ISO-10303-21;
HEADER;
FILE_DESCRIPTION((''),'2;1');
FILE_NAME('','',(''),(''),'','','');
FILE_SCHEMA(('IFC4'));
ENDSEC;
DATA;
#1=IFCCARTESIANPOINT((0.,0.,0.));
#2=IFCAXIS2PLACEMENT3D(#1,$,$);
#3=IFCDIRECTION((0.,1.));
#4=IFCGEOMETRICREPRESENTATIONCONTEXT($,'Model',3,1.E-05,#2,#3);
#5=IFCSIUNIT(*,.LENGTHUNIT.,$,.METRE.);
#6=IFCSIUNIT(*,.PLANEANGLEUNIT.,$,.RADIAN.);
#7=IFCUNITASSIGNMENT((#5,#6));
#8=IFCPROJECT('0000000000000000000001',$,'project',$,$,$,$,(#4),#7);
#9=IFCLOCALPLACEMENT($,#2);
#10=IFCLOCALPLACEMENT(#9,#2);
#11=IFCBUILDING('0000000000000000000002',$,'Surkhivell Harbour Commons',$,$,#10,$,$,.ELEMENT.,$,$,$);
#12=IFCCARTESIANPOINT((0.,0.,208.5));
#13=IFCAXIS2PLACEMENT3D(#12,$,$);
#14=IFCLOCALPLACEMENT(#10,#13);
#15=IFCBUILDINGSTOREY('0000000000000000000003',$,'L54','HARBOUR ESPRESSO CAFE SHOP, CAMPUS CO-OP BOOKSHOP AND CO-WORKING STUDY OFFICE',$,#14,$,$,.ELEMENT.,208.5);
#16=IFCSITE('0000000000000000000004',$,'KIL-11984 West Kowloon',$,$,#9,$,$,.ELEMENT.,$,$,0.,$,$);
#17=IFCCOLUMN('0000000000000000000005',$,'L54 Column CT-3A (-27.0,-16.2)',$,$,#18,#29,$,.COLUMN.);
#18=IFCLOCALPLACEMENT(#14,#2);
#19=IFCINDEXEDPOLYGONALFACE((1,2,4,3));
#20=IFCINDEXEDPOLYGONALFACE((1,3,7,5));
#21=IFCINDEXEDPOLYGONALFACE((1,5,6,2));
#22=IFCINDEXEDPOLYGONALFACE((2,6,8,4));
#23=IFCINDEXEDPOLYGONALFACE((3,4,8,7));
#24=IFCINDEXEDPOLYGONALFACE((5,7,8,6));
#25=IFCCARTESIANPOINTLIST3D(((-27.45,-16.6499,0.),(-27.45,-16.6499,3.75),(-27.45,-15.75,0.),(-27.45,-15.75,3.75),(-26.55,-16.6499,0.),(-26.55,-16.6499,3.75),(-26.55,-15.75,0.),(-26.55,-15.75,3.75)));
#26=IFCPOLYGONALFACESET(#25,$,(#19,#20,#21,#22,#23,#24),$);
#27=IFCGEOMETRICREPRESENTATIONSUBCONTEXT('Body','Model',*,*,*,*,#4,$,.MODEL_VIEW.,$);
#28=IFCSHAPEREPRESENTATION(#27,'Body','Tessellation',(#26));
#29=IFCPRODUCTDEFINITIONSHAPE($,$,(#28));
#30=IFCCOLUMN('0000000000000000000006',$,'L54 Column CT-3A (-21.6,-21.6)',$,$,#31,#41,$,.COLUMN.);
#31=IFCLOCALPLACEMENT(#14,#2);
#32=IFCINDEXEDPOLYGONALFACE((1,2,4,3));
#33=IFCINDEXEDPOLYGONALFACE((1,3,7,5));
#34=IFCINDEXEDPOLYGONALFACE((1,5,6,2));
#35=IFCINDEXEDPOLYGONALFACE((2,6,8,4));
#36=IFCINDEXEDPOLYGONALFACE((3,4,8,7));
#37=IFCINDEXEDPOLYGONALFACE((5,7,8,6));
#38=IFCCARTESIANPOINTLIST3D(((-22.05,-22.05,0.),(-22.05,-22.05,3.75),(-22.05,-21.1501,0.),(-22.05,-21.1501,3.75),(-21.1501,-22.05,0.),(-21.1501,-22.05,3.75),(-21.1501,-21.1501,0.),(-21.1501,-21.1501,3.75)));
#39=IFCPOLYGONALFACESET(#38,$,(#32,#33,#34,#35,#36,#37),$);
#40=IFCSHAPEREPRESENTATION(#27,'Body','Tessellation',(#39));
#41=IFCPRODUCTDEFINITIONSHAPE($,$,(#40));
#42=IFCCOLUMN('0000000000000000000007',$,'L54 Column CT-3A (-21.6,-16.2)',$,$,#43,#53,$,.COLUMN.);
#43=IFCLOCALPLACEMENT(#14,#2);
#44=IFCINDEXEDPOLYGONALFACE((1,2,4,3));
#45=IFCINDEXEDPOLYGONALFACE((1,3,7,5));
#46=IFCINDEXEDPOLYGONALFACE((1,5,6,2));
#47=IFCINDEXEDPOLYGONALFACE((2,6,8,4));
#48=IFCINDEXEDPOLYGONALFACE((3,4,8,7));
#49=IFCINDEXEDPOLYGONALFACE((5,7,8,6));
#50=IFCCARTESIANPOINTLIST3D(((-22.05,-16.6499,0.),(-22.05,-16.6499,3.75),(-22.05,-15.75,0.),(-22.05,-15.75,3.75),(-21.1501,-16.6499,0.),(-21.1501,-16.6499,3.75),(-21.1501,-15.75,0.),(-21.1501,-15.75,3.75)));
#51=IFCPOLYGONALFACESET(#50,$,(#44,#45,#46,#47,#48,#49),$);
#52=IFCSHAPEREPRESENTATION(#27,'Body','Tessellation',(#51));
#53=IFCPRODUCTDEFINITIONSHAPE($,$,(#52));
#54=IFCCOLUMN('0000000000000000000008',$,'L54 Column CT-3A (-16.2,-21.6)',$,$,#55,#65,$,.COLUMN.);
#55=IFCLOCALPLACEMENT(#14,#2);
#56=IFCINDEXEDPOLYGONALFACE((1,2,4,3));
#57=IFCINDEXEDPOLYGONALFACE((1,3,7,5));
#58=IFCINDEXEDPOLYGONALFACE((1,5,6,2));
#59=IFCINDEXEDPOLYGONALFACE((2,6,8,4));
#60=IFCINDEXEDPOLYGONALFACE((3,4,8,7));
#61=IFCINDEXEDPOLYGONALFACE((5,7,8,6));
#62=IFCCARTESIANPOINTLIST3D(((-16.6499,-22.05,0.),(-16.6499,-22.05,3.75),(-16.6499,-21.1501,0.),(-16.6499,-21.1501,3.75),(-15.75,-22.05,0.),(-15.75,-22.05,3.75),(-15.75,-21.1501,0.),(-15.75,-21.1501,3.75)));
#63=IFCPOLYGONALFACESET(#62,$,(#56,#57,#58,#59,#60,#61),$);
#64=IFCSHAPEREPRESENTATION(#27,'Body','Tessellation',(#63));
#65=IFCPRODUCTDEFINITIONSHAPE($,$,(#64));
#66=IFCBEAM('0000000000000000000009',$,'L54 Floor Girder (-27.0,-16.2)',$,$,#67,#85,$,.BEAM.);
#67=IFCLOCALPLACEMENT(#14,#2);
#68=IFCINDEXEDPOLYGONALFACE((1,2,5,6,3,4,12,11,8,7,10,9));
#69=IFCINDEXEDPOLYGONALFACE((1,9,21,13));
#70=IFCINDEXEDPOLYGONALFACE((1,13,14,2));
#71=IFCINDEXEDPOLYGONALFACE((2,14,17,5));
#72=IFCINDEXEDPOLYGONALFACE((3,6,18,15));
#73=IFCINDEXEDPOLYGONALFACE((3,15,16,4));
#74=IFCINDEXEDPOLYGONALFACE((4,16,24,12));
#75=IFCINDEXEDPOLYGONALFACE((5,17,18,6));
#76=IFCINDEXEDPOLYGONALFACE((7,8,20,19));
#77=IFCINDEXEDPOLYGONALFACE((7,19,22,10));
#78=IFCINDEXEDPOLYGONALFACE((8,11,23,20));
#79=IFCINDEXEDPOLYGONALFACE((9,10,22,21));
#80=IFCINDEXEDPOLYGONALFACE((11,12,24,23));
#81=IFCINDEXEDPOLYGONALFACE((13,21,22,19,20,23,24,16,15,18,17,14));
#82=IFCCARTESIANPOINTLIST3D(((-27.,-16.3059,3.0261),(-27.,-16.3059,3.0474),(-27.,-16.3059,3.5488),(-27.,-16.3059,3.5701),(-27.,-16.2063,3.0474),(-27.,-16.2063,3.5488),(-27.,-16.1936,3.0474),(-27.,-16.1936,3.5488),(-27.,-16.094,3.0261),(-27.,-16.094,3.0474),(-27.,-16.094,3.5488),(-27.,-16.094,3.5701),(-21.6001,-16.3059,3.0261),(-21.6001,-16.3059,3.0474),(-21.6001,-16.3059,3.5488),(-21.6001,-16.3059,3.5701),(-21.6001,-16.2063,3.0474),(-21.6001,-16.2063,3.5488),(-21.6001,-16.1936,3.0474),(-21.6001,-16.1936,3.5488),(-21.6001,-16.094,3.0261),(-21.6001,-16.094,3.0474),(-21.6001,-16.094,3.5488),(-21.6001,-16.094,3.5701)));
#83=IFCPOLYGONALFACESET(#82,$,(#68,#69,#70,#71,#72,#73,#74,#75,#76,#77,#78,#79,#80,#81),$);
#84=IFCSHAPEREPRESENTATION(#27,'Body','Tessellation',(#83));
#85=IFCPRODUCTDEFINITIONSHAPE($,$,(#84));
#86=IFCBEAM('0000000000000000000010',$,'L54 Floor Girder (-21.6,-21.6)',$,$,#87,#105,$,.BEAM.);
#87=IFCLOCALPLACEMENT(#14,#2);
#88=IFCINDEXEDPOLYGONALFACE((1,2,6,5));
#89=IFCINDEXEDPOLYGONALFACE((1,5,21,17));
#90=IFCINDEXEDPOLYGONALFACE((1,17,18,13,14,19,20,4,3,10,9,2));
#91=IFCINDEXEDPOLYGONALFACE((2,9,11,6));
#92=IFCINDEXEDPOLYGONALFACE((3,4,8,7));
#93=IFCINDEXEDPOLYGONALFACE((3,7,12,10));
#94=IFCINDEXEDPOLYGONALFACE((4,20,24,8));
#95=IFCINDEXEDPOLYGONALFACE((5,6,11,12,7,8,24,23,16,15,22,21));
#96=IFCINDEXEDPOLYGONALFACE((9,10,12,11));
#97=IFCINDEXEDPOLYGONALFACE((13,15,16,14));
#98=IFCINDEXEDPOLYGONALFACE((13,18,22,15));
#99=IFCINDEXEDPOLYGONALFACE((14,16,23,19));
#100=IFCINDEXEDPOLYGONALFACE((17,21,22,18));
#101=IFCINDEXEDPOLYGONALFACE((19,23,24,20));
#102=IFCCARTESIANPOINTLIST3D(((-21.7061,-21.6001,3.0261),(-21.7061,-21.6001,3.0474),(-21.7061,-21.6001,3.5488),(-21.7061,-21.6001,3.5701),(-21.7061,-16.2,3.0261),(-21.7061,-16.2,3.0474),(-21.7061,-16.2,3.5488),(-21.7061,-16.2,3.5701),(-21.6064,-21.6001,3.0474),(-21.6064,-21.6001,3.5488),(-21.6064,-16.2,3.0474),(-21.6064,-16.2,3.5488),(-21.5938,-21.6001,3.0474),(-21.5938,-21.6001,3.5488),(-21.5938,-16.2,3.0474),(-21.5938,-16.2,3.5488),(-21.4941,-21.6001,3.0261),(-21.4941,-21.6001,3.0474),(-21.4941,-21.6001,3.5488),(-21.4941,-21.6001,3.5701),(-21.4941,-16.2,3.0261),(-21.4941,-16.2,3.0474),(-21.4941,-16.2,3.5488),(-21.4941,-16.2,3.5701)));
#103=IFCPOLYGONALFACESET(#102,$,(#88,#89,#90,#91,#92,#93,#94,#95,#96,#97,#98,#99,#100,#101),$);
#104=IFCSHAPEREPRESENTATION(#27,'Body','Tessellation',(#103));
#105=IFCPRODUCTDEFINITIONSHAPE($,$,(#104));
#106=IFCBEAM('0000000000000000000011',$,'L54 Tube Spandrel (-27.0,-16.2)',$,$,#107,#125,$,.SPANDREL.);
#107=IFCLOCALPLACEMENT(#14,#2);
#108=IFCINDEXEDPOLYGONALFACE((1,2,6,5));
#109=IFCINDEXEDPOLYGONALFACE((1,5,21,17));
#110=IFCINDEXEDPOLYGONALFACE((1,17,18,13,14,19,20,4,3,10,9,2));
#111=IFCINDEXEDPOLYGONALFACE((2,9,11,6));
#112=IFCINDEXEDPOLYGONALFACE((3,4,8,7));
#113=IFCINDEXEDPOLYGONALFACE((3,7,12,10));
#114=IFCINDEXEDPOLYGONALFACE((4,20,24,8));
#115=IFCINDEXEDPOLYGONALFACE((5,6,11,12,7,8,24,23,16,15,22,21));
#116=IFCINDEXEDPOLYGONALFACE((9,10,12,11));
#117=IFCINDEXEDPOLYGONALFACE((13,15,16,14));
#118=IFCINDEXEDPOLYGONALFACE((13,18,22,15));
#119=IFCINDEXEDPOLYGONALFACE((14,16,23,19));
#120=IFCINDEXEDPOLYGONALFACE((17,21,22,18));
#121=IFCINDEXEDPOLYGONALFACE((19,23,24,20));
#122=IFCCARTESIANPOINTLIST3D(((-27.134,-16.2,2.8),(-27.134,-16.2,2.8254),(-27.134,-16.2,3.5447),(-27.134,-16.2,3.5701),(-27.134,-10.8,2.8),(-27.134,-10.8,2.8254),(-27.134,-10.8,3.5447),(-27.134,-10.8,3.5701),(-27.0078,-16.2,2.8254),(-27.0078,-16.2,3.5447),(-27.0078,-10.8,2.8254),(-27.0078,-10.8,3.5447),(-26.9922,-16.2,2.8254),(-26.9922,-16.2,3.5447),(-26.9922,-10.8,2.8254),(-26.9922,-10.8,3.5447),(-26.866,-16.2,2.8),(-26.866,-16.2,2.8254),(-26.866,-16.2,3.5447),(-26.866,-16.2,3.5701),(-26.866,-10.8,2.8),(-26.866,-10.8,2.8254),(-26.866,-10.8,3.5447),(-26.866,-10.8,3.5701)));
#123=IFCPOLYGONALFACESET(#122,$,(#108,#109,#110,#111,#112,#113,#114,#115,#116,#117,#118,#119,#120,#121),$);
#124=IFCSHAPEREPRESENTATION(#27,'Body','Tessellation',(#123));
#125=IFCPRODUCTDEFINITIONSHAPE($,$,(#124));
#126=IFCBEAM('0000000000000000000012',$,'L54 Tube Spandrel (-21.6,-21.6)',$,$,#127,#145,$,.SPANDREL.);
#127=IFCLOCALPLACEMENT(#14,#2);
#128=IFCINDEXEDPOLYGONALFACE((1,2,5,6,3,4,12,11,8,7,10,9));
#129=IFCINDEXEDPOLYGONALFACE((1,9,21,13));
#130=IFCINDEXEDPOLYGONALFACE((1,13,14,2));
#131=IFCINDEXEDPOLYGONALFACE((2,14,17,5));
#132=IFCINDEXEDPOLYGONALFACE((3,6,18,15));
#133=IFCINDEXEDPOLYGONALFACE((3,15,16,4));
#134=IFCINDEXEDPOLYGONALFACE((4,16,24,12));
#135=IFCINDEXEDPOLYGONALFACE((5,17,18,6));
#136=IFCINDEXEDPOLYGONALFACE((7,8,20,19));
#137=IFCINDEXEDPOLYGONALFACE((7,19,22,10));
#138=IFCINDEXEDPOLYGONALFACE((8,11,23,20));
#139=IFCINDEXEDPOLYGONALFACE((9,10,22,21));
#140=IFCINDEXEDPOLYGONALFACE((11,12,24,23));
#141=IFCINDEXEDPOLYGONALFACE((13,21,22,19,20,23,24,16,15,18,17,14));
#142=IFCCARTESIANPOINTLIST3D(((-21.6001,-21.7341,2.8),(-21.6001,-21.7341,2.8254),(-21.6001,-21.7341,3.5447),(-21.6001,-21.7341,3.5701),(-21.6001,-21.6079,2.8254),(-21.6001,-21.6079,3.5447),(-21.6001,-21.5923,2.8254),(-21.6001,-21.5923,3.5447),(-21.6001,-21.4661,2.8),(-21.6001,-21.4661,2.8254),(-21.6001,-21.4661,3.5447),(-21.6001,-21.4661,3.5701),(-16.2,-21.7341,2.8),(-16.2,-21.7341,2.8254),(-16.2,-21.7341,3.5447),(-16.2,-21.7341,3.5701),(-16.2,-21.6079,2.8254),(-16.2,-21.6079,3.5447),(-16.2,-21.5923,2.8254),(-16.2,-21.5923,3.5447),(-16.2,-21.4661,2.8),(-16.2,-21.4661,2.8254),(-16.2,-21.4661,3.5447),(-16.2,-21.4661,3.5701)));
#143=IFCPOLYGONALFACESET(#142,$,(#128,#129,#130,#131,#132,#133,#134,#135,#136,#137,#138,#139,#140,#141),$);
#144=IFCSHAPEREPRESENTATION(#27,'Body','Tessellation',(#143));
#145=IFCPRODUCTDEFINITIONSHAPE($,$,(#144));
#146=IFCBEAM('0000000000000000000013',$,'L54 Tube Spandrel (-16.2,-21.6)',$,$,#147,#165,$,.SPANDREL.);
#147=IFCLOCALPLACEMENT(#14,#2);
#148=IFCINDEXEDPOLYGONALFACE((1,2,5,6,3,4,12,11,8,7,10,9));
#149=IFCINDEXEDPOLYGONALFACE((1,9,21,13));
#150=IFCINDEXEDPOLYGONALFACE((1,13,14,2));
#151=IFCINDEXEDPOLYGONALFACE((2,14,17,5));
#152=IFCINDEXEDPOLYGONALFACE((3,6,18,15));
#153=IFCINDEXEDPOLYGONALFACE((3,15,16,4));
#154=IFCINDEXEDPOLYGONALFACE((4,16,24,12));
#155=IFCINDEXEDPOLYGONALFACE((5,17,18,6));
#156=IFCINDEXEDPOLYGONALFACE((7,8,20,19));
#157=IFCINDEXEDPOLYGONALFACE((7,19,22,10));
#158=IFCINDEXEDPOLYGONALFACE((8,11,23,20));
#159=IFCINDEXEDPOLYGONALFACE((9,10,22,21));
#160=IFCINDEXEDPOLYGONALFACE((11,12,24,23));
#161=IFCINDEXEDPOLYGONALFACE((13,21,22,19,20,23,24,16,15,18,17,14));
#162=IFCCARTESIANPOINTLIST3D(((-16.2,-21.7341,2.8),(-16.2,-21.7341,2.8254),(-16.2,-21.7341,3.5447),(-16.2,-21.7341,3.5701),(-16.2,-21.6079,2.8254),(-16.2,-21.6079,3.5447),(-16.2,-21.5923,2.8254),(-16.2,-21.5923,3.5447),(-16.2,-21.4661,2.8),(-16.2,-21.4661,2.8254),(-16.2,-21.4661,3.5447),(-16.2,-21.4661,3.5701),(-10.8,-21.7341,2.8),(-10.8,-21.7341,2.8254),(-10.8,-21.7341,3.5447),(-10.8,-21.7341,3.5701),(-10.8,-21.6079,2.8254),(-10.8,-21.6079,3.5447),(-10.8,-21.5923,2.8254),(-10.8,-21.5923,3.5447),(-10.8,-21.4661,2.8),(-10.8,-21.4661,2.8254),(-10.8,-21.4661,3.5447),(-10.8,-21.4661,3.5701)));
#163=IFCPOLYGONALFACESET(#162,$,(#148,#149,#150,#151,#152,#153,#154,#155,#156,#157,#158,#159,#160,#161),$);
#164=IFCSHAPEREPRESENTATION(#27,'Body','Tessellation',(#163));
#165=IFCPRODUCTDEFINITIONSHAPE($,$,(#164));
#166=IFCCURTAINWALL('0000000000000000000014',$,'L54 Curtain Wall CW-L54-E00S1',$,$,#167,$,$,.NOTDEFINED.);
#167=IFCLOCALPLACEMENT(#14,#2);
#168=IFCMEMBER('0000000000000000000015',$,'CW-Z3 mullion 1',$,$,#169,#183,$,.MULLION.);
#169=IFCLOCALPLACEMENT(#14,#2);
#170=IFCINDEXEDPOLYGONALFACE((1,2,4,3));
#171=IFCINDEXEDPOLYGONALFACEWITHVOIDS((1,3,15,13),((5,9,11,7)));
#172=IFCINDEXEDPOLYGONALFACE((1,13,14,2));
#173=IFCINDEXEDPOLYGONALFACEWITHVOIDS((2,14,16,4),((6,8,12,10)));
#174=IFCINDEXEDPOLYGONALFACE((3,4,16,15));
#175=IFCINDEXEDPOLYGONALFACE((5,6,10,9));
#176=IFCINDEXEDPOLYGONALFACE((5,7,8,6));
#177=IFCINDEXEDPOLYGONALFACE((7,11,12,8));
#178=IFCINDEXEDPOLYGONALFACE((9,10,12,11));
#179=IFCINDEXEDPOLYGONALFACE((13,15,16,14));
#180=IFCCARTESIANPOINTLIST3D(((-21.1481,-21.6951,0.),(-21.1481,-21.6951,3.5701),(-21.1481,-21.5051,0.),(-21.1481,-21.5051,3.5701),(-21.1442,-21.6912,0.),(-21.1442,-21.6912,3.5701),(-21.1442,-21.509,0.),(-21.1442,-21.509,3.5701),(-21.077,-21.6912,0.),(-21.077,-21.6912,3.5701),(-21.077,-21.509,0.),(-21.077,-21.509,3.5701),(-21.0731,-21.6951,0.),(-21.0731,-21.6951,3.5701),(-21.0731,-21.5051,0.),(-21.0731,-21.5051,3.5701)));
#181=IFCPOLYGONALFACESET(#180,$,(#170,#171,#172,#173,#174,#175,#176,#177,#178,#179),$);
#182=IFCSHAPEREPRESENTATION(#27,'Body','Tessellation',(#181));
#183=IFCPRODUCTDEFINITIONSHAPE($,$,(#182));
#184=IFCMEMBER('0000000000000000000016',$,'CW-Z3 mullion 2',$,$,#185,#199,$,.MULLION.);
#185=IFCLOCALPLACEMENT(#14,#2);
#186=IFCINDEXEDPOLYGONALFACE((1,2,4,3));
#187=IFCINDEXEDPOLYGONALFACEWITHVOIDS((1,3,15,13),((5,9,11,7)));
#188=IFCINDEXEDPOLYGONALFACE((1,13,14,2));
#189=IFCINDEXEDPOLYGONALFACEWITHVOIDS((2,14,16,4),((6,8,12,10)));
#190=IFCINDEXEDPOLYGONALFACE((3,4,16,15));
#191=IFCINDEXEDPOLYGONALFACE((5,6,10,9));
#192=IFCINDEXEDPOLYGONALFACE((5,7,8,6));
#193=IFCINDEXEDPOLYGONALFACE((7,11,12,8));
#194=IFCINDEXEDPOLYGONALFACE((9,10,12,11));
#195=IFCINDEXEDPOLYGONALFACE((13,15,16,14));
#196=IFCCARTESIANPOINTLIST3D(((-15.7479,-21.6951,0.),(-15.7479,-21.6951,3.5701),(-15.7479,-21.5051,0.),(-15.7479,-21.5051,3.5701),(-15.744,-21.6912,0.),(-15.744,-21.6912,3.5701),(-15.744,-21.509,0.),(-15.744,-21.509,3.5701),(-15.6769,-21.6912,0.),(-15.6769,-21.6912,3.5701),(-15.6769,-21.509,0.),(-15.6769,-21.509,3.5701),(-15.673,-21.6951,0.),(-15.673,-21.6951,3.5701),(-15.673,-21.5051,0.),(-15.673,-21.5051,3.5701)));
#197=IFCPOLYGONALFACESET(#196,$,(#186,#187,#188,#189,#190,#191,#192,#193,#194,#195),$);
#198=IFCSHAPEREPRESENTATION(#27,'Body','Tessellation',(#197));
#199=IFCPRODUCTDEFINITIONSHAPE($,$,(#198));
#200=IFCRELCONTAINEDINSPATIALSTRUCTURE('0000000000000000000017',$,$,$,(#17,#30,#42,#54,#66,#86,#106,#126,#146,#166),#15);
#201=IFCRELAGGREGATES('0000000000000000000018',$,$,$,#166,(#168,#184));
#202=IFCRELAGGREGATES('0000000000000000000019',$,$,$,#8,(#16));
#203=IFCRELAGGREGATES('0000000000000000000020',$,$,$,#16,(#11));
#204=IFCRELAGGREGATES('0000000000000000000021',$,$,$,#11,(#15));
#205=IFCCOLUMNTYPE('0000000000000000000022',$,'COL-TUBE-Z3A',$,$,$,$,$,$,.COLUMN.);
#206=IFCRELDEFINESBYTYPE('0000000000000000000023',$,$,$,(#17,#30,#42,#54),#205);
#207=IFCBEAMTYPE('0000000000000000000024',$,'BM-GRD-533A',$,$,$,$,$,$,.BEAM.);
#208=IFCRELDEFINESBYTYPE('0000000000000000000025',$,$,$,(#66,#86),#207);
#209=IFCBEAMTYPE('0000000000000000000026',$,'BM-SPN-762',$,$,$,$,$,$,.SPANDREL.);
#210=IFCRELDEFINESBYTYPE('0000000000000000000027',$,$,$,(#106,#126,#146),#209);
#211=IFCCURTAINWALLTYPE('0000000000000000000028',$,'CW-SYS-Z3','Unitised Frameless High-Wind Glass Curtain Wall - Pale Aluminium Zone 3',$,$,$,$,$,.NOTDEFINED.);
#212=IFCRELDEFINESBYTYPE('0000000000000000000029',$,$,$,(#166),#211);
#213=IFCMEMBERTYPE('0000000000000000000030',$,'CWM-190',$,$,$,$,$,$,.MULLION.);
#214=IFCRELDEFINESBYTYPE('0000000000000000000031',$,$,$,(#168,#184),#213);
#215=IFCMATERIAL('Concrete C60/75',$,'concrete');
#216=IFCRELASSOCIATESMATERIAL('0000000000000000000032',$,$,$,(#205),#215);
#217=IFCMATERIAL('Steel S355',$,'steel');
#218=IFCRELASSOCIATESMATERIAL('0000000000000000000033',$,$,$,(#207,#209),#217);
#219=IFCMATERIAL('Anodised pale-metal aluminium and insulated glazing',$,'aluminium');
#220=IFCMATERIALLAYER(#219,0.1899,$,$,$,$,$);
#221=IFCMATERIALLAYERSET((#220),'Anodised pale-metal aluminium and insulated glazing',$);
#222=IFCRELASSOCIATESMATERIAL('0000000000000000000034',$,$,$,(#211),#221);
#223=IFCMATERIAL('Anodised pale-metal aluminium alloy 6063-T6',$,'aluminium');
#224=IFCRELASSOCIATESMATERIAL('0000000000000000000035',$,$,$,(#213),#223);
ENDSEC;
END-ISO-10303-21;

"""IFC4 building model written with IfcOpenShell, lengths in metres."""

from ifc_helpers import new_model, si_unit, direction, frame, origin, origin_2d, place, context, subcontext, project, spatial, rectangle, hollow_rectangle, i_section, extrude, material, layer, layer_set, material_profile, profile_set, type_object, element, aggregate, save


model = new_model("IFC4")

# Units and contexts
model_context = context("Model", 3, precision=1e-05, world=origin(), true_north=direction((0.0, 1.0)))
body_context = subcontext(model_context, "Body", "Model", "MODEL_VIEW")
ifc_project = project(units=[si_unit("LENGTHUNIT", "METRE"), si_unit("PLANEANGLEUNIT", "RADIAN")], contexts=[model_context])

# Site, building, storey
site_placement = place(None, origin())
site = spatial("IfcSite", under=ifc_project, at=site_placement, Name="KIL-11984 West Kowloon", CompositionType="ELEMENT", RefElevation=0.0)
building_placement = place(site_placement, origin())
building = spatial("IfcBuilding", under=site, at=building_placement, Name="Surkhivell Harbour Commons", CompositionType="ELEMENT")
storey_placement = place(building_placement, frame((0.0, 0.0, 208.5)))
storey = spatial("IfcBuildingStorey", under=building, at=storey_placement, Name="L54", Description="HARBOUR ESPRESSO CAFE SHOP, CAMPUS CO-OP BOOKSHOP AND CO-WORKING STUDY OFFICE", CompositionType="ELEMENT", Elevation=208.5)

# Columns
ifc_material_1 = material(Name="Concrete C60/75", Category="concrete")
ifc_material_profile_1 = material_profile(ifc_material_1, rectangle(XDim=0.8999, YDim=0.8999, at=origin_2d()), Name="RC-COL-900x900")
ifc_profile_set_1 = profile_set([ifc_material_profile_1], Name="Concrete C60/75")
column_type = type_object("IfcColumnType", Name="COL-TUBE-Z3A", PredefinedType="COLUMN", material=ifc_profile_set_1)
for number, where, z_axis, x_axis, name in (
    (1, (-27.0, -16.2, 0.0), (0.0, 0.0, 1.0), (1.0, 0.0, 0.0), "L54 Column CT-3A (-27.0,-16.2)"),
    (2, (-21.6001, -21.6001, 0.0), (0.0, 0.0, 1.0), (1.0, 0.0, 0.0), "L54 Column CT-3A (-21.6,-21.6)"),
    (3, (-21.6001, -16.2, 0.0), (0.0, 0.0, 1.0), (1.0, 0.0, 0.0), "L54 Column CT-3A (-21.6,-16.2)"),
    (4, (-16.2, -21.6001, 0.0), (0.0, 0.0, 1.0), (1.0, 0.0, 0.0), "L54 Column CT-3A (-16.2,-21.6)"),
):
    element("IfcColumn", number, at=place(storey_placement, frame(where, z_axis=z_axis, x_axis=x_axis)), inside=storey, type_object=column_type, Name=name, PredefinedType="COLUMN", context=body_context, shape_type="SweptSolid", body=[
        extrude(rectangle(XDim=0.8999, YDim=0.8999, at=origin_2d()), origin(), (0.0, 0.0, 1.0), 3.75),
    ])

# Beams
ifc_material_2 = material(Name="Steel S355", Category="steel")
ifc_material_profile_2 = material_profile(ifc_material_2, i_section(OverallWidth=0.2119, OverallDepth=0.5439, WebThickness=0.0127, FlangeThickness=0.0212, at=origin_2d()), Name="UB533x210x122")
ifc_profile_set_2 = profile_set([ifc_material_profile_2], Name="Steel S355")
beam_type_1 = type_object("IfcBeamType", Name="BM-GRD-533A", PredefinedType="BEAM", material=ifc_profile_set_2)
beam_1_placement = place(storey_placement, frame((-27.0, -16.2, 3.2981), z_axis=(1.0, 0.0, 0.0), x_axis=(0.0, 1.0, 0.0)))
element("IfcBeam", 5, at=beam_1_placement, inside=storey, type_object=beam_type_1, Name="L54 Floor Girder (-27.0,-16.2)", PredefinedType="BEAM", context=body_context, shape_type="SweptSolid", body=[
    extrude(i_section(OverallWidth=0.2119, OverallDepth=0.5439, WebThickness=0.0127, FlangeThickness=0.0212, at=origin_2d()), origin(), (0.0, 0.0, 1.0), 5.3999),
])
beam_2_placement = place(storey_placement, frame((-21.6001, -21.6001, 3.2981), z_axis=(0.0, 1.0, 0.0), x_axis=(-1.0, 0.0, 0.0)))
element("IfcBeam", 6, at=beam_2_placement, inside=storey, type_object=beam_type_1, Name="L54 Floor Girder (-21.6,-21.6)", PredefinedType="BEAM", context=body_context, shape_type="SweptSolid", body=[
    extrude(i_section(OverallWidth=0.2119, OverallDepth=0.5439, WebThickness=0.0127, FlangeThickness=0.0212, at=origin_2d()), origin(), (0.0, 0.0, 1.0), 5.4001),
])
ifc_material_profile_3 = material_profile(ifc_material_2, i_section(OverallWidth=0.2681, OverallDepth=0.77, WebThickness=0.0156, FlangeThickness=0.0254, at=origin_2d()), Name="UB762x267x197")
ifc_profile_set_3 = profile_set([ifc_material_profile_3], Name="Steel S355")
beam_type_2 = type_object("IfcBeamType", Name="BM-SPN-762", PredefinedType="SPANDREL", material=ifc_profile_set_3)
beam_3_placement = place(storey_placement, frame((-27.0, -16.2, 3.1851), z_axis=(0.0, 1.0, 0.0), x_axis=(-1.0, 0.0, 0.0)))
element("IfcBeam", 7, at=beam_3_placement, inside=storey, type_object=beam_type_2, Name="L54 Tube Spandrel (-27.0,-16.2)", PredefinedType="SPANDREL", context=body_context, shape_type="SweptSolid", body=[
    extrude(i_section(OverallWidth=0.2681, OverallDepth=0.77, WebThickness=0.0156, FlangeThickness=0.0254, at=origin_2d()), origin(), (0.0, 0.0, 1.0), 5.3999),
])
beam_4_placement = place(storey_placement, frame((-21.6001, -21.6001, 3.1851), z_axis=(1.0, 0.0, 0.0), x_axis=(0.0, 1.0, 0.0)))
element("IfcBeam", 8, at=beam_4_placement, inside=storey, type_object=beam_type_2, Name="L54 Tube Spandrel (-21.6,-21.6)", PredefinedType="SPANDREL", context=body_context, shape_type="SweptSolid", body=[
    extrude(i_section(OverallWidth=0.2681, OverallDepth=0.77, WebThickness=0.0156, FlangeThickness=0.0254, at=origin_2d()), origin(), (0.0, 0.0, 1.0), 5.4001),
])
beam_5_placement = place(storey_placement, frame((-16.2, -21.6001, 3.1851), z_axis=(1.0, 0.0, 0.0), x_axis=(0.0, 1.0, 0.0)))
element("IfcBeam", 9, at=beam_5_placement, inside=storey, type_object=beam_type_2, Name="L54 Tube Spandrel (-16.2,-21.6)", PredefinedType="SPANDREL", context=body_context, shape_type="SweptSolid", body=[
    extrude(i_section(OverallWidth=0.2681, OverallDepth=0.77, WebThickness=0.0156, FlangeThickness=0.0254, at=origin_2d()), origin(), (0.0, 0.0, 1.0), 5.3999),
])

# Curtain wall, members
ifc_material_3 = material(Name="Anodised pale-metal aluminium and insulated glazing", Category="aluminium")
ifc_layer_1 = layer(ifc_material_3, 0.1899)
ifc_layer_set_1 = layer_set([ifc_layer_1], Name="Anodised pale-metal aluminium and insulated glazing")
curtain_wall_type = type_object("IfcCurtainWallType", Name="CW-SYS-Z3", Description="Unitised Frameless High-Wind Glass Curtain Wall - Pale Aluminium Zone 3", PredefinedType="NOTDEFINED", material=ifc_layer_set_1)
curtain_wall_placement = place(storey_placement, origin())
curtain_wall = element("IfcCurtainWall", 10, at=curtain_wall_placement, inside=storey, type_object=curtain_wall_type, Name="L54 Curtain Wall CW-L54-E00S1", PredefinedType="NOTDEFINED")
ifc_material_4 = material(Name="Anodised pale-metal aluminium alloy 6063-T6", Category="aluminium")
ifc_material_profile_4 = material_profile(ifc_material_4, hollow_rectangle(XDim=0.075, YDim=0.1899, WallThickness=0.0039, at=origin_2d()), Name="ALU-MULL-75x190")
ifc_profile_set_4 = profile_set([ifc_material_profile_4], Name="Anodised pale-metal aluminium alloy 6063-T6")
member_type_1 = type_object("IfcMemberType", Name="CWM-190", PredefinedType="MULLION", material=ifc_profile_set_4)
member_1_placement = place(storey_placement, frame((-21.1106, -21.6001, 0.0), z_axis=(0.0, 0.0, 1.0), x_axis=(1.0, 0.0, 0.0)))
member_1 = element("IfcMember", 11, at=member_1_placement, type_object=member_type_1, Name="CW-Z3 mullion 1", PredefinedType="MULLION", context=body_context, shape_type="SweptSolid", body=[
    extrude(hollow_rectangle(XDim=0.075, YDim=0.1899, WallThickness=0.0039, at=origin_2d()), origin(), (0.0, 0.0, 1.0), 3.5701),
])
member_2_placement = place(storey_placement, frame((-15.7104, -21.6001, 0.0), z_axis=(0.0, 0.0, 1.0), x_axis=(1.0, 0.0, 0.0)))
member_2 = element("IfcMember", 12, at=member_2_placement, type_object=member_type_1, Name="CW-Z3 mullion 2", PredefinedType="MULLION", context=body_context, shape_type="SweptSolid", body=[
    extrude(hollow_rectangle(XDim=0.075, YDim=0.1899, WallThickness=0.0039, at=origin_2d()), origin(), (0.0, 0.0, 1.0), 3.5701),
])
aggregate(curtain_wall, [member_1, member_2])

save(model, "model.ifc")
